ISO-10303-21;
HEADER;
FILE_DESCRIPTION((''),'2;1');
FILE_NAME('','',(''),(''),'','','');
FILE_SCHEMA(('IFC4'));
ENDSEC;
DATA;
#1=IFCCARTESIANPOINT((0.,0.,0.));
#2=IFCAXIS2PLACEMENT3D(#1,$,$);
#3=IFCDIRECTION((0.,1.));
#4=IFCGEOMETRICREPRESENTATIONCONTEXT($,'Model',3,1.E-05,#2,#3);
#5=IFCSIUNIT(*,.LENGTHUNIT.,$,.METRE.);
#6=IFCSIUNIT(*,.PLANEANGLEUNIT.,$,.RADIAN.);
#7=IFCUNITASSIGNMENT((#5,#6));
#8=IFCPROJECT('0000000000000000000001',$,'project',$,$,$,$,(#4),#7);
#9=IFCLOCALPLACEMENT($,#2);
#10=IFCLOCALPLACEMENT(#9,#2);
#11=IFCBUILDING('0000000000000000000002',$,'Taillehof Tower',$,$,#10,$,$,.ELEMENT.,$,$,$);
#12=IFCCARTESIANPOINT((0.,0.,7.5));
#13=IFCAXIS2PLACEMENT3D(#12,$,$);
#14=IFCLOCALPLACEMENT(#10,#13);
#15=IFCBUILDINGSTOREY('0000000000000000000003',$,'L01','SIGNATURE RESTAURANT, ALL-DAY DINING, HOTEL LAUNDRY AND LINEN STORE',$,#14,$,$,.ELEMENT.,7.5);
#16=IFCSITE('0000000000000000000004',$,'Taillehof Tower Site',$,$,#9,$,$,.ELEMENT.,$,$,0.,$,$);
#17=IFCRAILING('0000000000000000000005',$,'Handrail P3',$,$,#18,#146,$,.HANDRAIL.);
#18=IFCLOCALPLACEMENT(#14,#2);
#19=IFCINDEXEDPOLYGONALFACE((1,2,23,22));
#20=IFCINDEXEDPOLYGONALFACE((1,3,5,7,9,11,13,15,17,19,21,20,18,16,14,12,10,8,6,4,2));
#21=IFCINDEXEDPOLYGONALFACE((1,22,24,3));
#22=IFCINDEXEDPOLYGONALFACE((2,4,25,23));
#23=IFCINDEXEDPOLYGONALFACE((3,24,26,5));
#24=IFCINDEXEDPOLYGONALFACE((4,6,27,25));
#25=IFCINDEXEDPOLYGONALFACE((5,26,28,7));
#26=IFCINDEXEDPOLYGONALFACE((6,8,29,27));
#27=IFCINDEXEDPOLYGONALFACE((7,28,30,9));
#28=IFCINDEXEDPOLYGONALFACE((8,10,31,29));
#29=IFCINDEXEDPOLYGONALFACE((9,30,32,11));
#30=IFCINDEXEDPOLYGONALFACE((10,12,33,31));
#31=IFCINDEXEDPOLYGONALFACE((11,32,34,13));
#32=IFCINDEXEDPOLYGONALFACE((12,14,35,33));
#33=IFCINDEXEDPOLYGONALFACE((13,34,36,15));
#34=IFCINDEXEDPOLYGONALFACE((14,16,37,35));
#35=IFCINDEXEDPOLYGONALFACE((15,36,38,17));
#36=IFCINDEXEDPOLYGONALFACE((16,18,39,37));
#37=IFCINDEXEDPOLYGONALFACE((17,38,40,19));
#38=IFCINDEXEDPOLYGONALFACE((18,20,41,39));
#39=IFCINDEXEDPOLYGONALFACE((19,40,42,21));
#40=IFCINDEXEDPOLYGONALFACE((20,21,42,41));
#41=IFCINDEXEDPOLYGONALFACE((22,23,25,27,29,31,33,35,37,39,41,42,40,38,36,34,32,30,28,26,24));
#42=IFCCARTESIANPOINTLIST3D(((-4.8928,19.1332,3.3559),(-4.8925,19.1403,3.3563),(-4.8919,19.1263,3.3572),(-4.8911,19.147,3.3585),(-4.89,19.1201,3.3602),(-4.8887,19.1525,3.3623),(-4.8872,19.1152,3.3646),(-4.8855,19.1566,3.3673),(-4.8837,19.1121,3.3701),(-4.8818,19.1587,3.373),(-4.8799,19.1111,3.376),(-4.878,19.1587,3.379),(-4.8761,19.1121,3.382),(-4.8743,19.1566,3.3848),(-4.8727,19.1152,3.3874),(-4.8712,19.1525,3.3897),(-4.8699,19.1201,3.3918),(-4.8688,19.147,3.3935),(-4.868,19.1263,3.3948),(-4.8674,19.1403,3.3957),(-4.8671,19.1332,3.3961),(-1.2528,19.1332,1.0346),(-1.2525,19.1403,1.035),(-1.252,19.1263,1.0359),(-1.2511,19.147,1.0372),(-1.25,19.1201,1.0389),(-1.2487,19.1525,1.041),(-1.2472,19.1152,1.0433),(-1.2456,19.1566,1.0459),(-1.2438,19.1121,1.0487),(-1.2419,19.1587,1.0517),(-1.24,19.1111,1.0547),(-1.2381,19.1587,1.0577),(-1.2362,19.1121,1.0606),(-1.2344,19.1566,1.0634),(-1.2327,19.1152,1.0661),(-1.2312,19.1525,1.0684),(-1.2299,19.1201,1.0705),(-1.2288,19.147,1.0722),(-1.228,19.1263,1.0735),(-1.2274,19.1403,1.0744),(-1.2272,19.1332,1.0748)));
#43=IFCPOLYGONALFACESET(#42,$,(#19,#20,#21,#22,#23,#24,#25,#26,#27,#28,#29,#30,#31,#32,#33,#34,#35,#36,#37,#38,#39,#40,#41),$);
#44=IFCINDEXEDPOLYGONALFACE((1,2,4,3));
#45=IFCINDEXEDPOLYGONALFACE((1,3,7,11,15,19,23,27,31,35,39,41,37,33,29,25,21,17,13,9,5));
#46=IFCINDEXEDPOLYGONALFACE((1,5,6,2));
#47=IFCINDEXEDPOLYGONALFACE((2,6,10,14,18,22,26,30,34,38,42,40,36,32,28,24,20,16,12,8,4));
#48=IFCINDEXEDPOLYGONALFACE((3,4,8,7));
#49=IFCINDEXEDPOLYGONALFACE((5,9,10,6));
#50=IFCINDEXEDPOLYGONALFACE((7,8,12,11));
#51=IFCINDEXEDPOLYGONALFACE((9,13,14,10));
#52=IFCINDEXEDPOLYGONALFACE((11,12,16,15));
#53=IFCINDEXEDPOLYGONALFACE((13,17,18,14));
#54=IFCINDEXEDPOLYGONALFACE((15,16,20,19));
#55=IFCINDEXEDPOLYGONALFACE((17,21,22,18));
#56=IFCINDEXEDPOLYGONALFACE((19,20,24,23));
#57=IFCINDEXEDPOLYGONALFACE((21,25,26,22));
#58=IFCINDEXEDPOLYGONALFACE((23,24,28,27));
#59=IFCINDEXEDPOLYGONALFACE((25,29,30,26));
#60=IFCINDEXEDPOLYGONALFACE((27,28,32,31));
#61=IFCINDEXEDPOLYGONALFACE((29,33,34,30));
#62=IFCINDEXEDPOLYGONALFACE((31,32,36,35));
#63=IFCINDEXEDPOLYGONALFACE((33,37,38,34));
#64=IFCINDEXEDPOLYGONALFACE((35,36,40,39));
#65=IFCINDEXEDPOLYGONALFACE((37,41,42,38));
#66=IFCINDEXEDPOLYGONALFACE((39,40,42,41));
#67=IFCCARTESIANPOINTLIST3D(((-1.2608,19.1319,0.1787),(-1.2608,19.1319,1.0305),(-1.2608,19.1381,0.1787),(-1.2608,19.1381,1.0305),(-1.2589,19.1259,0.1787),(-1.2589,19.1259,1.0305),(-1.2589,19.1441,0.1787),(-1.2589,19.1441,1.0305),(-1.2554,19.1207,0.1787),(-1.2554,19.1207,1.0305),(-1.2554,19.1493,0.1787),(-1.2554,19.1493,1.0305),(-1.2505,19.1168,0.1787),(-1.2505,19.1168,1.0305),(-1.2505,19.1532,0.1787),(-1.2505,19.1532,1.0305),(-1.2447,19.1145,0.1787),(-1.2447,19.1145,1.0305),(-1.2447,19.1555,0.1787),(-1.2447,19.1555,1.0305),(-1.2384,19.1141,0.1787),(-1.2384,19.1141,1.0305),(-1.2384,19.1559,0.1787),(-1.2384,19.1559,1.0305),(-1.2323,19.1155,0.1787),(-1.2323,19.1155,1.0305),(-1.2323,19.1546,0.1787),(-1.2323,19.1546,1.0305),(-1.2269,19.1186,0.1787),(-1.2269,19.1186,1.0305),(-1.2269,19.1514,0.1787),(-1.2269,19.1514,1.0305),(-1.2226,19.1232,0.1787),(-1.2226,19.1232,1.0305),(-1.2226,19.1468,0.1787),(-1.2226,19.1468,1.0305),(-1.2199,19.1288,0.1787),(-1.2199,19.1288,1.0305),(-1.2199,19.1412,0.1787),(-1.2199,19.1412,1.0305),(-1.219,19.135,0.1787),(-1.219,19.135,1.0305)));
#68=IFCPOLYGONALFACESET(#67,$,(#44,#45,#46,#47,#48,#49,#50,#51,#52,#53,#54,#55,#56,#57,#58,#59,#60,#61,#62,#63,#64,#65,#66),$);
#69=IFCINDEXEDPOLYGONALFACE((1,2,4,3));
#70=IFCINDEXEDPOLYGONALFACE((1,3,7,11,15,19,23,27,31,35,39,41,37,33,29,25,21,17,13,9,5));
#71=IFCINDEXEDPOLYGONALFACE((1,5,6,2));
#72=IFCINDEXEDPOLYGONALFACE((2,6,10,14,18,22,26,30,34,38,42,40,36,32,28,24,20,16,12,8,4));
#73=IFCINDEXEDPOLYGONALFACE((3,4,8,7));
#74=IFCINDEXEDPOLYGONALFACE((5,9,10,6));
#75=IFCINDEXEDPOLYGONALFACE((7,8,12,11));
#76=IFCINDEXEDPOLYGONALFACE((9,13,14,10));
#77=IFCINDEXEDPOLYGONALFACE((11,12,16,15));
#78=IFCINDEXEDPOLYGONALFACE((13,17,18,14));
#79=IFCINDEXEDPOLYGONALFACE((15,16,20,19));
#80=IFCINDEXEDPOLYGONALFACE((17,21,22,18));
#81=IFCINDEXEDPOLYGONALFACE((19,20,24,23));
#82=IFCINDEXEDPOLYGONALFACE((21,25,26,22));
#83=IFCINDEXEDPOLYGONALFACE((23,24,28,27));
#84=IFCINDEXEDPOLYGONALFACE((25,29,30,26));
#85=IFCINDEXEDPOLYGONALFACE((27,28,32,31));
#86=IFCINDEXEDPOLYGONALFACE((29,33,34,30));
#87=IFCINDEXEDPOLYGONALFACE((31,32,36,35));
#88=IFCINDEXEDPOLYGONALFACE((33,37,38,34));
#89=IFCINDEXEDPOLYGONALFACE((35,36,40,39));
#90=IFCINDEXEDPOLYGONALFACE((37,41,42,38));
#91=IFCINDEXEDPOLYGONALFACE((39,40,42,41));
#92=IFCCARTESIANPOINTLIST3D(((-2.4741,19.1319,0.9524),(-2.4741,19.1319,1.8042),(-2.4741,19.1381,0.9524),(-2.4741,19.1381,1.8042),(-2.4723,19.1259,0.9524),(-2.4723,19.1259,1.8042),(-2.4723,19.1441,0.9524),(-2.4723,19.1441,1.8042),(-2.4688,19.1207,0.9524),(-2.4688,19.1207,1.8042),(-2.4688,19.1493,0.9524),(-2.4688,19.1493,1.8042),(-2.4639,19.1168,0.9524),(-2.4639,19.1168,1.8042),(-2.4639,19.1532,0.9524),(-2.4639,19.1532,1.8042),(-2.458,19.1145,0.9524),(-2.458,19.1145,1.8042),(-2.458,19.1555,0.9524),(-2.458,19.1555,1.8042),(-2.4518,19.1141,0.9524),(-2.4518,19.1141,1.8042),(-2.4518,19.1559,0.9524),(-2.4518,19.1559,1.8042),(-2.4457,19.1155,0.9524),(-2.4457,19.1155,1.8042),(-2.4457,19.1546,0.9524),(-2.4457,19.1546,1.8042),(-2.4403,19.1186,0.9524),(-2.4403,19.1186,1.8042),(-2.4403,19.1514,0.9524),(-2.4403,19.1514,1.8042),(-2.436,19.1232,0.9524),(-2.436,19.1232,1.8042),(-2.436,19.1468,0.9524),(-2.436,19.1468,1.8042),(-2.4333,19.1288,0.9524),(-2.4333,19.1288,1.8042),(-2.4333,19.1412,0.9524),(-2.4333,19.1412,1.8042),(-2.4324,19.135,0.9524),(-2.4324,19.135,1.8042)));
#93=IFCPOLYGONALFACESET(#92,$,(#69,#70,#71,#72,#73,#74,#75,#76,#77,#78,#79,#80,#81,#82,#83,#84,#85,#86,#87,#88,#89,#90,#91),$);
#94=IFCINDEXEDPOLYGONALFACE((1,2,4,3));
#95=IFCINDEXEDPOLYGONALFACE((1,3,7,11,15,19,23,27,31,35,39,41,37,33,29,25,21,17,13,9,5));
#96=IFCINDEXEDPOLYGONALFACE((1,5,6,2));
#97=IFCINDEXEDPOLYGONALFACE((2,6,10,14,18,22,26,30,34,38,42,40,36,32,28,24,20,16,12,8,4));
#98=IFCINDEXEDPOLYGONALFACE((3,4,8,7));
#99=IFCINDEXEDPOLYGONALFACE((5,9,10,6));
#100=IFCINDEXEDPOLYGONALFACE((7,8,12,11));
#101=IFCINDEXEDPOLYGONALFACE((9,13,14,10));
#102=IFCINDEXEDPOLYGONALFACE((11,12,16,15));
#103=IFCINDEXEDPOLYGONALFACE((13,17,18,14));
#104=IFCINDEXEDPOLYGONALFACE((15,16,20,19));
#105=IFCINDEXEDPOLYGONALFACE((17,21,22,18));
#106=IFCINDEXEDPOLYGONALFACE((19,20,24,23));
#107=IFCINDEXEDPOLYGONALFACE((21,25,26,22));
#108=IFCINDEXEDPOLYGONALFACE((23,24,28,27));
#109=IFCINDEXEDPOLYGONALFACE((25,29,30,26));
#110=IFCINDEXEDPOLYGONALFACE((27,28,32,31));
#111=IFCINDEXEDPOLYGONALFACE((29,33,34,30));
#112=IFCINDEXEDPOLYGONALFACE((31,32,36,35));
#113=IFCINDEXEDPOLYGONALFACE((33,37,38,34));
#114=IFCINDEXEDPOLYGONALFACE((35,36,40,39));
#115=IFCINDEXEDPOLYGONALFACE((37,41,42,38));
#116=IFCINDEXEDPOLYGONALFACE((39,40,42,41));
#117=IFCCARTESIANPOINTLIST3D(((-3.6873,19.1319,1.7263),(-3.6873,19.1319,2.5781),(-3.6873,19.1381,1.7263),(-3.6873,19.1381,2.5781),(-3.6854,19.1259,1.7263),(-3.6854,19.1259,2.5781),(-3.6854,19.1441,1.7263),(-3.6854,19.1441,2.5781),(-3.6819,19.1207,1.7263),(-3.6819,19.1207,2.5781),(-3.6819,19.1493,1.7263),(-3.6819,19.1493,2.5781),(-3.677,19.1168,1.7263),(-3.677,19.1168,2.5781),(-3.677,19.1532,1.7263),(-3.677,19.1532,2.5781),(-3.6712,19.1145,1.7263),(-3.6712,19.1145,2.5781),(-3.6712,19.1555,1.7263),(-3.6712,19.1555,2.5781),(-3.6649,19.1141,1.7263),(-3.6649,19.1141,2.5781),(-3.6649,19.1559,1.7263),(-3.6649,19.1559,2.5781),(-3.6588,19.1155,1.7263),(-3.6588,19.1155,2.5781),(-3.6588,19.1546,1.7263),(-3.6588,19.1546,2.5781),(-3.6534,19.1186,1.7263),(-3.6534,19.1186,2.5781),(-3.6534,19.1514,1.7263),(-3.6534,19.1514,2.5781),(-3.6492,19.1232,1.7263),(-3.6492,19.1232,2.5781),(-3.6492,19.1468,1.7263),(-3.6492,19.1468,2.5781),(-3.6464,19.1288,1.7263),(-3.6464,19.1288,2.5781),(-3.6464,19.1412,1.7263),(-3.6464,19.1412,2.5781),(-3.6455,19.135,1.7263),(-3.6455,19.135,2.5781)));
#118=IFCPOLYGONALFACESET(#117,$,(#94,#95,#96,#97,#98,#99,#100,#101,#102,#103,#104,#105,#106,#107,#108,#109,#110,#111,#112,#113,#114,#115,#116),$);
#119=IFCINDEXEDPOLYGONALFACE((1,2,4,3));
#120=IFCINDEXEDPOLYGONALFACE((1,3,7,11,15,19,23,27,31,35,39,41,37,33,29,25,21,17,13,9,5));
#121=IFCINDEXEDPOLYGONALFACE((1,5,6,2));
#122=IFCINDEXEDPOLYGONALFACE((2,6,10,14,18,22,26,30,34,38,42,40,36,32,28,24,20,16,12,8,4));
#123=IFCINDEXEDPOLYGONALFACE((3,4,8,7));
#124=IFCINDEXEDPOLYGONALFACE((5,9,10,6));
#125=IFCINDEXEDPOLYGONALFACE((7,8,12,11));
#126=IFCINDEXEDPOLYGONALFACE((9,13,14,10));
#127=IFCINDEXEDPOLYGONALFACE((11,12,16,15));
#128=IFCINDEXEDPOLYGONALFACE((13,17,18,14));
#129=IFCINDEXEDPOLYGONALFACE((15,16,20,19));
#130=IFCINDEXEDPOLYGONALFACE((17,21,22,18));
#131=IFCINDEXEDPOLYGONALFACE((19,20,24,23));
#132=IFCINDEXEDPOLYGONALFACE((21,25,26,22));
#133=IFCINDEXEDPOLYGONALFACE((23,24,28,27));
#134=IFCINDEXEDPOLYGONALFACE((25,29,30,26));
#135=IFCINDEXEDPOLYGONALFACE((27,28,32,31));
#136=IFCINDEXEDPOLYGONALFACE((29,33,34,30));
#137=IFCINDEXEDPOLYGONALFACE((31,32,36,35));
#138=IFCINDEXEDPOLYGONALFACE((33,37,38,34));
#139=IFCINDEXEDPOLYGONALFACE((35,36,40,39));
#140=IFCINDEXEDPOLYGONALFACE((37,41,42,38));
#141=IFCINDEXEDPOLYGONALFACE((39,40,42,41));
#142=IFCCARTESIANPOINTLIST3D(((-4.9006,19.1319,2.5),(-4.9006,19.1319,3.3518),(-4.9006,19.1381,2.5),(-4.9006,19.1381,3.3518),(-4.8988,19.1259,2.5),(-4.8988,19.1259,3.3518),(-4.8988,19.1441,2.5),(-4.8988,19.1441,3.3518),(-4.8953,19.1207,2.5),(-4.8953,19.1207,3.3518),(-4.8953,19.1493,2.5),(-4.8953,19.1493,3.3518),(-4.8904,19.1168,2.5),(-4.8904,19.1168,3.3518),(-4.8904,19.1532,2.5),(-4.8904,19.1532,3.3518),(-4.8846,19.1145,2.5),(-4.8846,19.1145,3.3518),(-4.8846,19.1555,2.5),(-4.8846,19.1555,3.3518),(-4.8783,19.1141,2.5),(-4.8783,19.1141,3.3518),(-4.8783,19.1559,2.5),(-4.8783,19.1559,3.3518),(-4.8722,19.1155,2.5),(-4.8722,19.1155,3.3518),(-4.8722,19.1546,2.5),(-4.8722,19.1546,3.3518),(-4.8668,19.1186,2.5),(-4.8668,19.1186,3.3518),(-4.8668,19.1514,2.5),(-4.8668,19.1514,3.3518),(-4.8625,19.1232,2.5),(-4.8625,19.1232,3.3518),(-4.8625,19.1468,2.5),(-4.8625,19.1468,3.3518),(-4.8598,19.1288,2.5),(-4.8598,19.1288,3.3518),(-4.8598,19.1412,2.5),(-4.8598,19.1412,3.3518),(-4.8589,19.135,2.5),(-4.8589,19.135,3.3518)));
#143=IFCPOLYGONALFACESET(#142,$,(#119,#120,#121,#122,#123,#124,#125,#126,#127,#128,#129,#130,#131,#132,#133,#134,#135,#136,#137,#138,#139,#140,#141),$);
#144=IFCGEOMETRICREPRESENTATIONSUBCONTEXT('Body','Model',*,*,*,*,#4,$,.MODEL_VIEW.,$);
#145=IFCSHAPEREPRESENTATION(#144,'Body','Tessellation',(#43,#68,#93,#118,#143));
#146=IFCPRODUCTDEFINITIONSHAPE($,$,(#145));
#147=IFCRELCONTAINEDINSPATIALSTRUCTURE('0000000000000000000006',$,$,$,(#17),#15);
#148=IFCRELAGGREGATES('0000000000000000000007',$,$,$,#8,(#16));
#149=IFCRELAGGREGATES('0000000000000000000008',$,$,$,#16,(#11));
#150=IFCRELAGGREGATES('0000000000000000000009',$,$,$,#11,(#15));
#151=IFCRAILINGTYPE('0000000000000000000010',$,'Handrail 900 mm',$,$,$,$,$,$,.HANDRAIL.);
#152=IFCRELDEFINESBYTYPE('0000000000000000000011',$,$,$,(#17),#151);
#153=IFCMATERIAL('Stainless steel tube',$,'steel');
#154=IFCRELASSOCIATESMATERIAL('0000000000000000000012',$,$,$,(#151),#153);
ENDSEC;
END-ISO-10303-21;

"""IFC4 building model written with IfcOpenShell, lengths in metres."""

from ifc_helpers import new_model, si_unit, direction, frame, origin, origin_2d, place, context, subcontext, project, spatial, circle, extrude, material, type_object, element, save


model = new_model("IFC4")

# Units and contexts
model_context = context("Model", 3, precision=1e-05, world=origin(), true_north=direction((0.0, 1.0)))
body_context = subcontext(model_context, "Body", "Model", "MODEL_VIEW")
ifc_project = project(units=[si_unit("LENGTHUNIT", "METRE"), si_unit("PLANEANGLEUNIT", "RADIAN")], contexts=[model_context])

# Site, building, storey
site_placement = place(None, origin())
site = spatial("IfcSite", under=ifc_project, at=site_placement, Name="Taillehof Tower Site", CompositionType="ELEMENT", RefElevation=0.0)
building_placement = place(site_placement, origin())
building = spatial("IfcBuilding", under=site, at=building_placement, Name="Taillehof Tower", CompositionType="ELEMENT")
storey_placement = place(building_placement, frame((0.0, 0.0, 7.5)))
storey = spatial("IfcBuildingStorey", under=building, at=storey_placement, Name="L01", Description="SIGNATURE RESTAURANT, ALL-DAY DINING, HOTEL LAUNDRY AND LINEN STORE", CompositionType="ELEMENT", Elevation=7.5)

# Railing
ifc_material_1 = material(Name="Stainless steel tube", Category="steel")
railing_type_1 = type_object("IfcRailingType", Name="Handrail 900 mm", PredefinedType="HANDRAIL", material=ifc_material_1)
for number, where, name in (
    (1, (-1.24, 19.135, 0.1787), "Handrail P3"),
):
    element("IfcRailing", number, at=place(storey_placement, frame(where)), inside=storey, type_object=railing_type_1, Name=name, PredefinedType="HANDRAIL", context=body_context, shape_type="SweptSolid", body=[
        extrude(circle(Radius=0.0239, at=origin_2d()), frame((0.0, 0.0, 0.876), z_axis=(-0.843137, 0.0, 0.537699), x_axis=(0.0, -1.0, 0.0)), (0.0, 0.0, 1.0), 4.3171),
        extrude(circle(Radius=0.021, at=origin_2d()), origin(), (0.0, 0.0, 1.0), 0.8518),
        extrude(circle(Radius=0.021, at=origin_2d()), frame((-1.2134, 0.0, 0.7737)), (0.0, 0.0, 1.0), 0.8518),
        extrude(circle(Radius=0.021, at=origin_2d()), frame((-2.4265, 0.0, 1.5476)), (0.0, 0.0, 1.0), 0.8518),
        extrude(circle(Radius=0.021, at=origin_2d()), frame((-3.6399, 0.0, 2.3213)), (0.0, 0.0, 1.0), 0.8518),
    ])

save(model, "model.ifc")
